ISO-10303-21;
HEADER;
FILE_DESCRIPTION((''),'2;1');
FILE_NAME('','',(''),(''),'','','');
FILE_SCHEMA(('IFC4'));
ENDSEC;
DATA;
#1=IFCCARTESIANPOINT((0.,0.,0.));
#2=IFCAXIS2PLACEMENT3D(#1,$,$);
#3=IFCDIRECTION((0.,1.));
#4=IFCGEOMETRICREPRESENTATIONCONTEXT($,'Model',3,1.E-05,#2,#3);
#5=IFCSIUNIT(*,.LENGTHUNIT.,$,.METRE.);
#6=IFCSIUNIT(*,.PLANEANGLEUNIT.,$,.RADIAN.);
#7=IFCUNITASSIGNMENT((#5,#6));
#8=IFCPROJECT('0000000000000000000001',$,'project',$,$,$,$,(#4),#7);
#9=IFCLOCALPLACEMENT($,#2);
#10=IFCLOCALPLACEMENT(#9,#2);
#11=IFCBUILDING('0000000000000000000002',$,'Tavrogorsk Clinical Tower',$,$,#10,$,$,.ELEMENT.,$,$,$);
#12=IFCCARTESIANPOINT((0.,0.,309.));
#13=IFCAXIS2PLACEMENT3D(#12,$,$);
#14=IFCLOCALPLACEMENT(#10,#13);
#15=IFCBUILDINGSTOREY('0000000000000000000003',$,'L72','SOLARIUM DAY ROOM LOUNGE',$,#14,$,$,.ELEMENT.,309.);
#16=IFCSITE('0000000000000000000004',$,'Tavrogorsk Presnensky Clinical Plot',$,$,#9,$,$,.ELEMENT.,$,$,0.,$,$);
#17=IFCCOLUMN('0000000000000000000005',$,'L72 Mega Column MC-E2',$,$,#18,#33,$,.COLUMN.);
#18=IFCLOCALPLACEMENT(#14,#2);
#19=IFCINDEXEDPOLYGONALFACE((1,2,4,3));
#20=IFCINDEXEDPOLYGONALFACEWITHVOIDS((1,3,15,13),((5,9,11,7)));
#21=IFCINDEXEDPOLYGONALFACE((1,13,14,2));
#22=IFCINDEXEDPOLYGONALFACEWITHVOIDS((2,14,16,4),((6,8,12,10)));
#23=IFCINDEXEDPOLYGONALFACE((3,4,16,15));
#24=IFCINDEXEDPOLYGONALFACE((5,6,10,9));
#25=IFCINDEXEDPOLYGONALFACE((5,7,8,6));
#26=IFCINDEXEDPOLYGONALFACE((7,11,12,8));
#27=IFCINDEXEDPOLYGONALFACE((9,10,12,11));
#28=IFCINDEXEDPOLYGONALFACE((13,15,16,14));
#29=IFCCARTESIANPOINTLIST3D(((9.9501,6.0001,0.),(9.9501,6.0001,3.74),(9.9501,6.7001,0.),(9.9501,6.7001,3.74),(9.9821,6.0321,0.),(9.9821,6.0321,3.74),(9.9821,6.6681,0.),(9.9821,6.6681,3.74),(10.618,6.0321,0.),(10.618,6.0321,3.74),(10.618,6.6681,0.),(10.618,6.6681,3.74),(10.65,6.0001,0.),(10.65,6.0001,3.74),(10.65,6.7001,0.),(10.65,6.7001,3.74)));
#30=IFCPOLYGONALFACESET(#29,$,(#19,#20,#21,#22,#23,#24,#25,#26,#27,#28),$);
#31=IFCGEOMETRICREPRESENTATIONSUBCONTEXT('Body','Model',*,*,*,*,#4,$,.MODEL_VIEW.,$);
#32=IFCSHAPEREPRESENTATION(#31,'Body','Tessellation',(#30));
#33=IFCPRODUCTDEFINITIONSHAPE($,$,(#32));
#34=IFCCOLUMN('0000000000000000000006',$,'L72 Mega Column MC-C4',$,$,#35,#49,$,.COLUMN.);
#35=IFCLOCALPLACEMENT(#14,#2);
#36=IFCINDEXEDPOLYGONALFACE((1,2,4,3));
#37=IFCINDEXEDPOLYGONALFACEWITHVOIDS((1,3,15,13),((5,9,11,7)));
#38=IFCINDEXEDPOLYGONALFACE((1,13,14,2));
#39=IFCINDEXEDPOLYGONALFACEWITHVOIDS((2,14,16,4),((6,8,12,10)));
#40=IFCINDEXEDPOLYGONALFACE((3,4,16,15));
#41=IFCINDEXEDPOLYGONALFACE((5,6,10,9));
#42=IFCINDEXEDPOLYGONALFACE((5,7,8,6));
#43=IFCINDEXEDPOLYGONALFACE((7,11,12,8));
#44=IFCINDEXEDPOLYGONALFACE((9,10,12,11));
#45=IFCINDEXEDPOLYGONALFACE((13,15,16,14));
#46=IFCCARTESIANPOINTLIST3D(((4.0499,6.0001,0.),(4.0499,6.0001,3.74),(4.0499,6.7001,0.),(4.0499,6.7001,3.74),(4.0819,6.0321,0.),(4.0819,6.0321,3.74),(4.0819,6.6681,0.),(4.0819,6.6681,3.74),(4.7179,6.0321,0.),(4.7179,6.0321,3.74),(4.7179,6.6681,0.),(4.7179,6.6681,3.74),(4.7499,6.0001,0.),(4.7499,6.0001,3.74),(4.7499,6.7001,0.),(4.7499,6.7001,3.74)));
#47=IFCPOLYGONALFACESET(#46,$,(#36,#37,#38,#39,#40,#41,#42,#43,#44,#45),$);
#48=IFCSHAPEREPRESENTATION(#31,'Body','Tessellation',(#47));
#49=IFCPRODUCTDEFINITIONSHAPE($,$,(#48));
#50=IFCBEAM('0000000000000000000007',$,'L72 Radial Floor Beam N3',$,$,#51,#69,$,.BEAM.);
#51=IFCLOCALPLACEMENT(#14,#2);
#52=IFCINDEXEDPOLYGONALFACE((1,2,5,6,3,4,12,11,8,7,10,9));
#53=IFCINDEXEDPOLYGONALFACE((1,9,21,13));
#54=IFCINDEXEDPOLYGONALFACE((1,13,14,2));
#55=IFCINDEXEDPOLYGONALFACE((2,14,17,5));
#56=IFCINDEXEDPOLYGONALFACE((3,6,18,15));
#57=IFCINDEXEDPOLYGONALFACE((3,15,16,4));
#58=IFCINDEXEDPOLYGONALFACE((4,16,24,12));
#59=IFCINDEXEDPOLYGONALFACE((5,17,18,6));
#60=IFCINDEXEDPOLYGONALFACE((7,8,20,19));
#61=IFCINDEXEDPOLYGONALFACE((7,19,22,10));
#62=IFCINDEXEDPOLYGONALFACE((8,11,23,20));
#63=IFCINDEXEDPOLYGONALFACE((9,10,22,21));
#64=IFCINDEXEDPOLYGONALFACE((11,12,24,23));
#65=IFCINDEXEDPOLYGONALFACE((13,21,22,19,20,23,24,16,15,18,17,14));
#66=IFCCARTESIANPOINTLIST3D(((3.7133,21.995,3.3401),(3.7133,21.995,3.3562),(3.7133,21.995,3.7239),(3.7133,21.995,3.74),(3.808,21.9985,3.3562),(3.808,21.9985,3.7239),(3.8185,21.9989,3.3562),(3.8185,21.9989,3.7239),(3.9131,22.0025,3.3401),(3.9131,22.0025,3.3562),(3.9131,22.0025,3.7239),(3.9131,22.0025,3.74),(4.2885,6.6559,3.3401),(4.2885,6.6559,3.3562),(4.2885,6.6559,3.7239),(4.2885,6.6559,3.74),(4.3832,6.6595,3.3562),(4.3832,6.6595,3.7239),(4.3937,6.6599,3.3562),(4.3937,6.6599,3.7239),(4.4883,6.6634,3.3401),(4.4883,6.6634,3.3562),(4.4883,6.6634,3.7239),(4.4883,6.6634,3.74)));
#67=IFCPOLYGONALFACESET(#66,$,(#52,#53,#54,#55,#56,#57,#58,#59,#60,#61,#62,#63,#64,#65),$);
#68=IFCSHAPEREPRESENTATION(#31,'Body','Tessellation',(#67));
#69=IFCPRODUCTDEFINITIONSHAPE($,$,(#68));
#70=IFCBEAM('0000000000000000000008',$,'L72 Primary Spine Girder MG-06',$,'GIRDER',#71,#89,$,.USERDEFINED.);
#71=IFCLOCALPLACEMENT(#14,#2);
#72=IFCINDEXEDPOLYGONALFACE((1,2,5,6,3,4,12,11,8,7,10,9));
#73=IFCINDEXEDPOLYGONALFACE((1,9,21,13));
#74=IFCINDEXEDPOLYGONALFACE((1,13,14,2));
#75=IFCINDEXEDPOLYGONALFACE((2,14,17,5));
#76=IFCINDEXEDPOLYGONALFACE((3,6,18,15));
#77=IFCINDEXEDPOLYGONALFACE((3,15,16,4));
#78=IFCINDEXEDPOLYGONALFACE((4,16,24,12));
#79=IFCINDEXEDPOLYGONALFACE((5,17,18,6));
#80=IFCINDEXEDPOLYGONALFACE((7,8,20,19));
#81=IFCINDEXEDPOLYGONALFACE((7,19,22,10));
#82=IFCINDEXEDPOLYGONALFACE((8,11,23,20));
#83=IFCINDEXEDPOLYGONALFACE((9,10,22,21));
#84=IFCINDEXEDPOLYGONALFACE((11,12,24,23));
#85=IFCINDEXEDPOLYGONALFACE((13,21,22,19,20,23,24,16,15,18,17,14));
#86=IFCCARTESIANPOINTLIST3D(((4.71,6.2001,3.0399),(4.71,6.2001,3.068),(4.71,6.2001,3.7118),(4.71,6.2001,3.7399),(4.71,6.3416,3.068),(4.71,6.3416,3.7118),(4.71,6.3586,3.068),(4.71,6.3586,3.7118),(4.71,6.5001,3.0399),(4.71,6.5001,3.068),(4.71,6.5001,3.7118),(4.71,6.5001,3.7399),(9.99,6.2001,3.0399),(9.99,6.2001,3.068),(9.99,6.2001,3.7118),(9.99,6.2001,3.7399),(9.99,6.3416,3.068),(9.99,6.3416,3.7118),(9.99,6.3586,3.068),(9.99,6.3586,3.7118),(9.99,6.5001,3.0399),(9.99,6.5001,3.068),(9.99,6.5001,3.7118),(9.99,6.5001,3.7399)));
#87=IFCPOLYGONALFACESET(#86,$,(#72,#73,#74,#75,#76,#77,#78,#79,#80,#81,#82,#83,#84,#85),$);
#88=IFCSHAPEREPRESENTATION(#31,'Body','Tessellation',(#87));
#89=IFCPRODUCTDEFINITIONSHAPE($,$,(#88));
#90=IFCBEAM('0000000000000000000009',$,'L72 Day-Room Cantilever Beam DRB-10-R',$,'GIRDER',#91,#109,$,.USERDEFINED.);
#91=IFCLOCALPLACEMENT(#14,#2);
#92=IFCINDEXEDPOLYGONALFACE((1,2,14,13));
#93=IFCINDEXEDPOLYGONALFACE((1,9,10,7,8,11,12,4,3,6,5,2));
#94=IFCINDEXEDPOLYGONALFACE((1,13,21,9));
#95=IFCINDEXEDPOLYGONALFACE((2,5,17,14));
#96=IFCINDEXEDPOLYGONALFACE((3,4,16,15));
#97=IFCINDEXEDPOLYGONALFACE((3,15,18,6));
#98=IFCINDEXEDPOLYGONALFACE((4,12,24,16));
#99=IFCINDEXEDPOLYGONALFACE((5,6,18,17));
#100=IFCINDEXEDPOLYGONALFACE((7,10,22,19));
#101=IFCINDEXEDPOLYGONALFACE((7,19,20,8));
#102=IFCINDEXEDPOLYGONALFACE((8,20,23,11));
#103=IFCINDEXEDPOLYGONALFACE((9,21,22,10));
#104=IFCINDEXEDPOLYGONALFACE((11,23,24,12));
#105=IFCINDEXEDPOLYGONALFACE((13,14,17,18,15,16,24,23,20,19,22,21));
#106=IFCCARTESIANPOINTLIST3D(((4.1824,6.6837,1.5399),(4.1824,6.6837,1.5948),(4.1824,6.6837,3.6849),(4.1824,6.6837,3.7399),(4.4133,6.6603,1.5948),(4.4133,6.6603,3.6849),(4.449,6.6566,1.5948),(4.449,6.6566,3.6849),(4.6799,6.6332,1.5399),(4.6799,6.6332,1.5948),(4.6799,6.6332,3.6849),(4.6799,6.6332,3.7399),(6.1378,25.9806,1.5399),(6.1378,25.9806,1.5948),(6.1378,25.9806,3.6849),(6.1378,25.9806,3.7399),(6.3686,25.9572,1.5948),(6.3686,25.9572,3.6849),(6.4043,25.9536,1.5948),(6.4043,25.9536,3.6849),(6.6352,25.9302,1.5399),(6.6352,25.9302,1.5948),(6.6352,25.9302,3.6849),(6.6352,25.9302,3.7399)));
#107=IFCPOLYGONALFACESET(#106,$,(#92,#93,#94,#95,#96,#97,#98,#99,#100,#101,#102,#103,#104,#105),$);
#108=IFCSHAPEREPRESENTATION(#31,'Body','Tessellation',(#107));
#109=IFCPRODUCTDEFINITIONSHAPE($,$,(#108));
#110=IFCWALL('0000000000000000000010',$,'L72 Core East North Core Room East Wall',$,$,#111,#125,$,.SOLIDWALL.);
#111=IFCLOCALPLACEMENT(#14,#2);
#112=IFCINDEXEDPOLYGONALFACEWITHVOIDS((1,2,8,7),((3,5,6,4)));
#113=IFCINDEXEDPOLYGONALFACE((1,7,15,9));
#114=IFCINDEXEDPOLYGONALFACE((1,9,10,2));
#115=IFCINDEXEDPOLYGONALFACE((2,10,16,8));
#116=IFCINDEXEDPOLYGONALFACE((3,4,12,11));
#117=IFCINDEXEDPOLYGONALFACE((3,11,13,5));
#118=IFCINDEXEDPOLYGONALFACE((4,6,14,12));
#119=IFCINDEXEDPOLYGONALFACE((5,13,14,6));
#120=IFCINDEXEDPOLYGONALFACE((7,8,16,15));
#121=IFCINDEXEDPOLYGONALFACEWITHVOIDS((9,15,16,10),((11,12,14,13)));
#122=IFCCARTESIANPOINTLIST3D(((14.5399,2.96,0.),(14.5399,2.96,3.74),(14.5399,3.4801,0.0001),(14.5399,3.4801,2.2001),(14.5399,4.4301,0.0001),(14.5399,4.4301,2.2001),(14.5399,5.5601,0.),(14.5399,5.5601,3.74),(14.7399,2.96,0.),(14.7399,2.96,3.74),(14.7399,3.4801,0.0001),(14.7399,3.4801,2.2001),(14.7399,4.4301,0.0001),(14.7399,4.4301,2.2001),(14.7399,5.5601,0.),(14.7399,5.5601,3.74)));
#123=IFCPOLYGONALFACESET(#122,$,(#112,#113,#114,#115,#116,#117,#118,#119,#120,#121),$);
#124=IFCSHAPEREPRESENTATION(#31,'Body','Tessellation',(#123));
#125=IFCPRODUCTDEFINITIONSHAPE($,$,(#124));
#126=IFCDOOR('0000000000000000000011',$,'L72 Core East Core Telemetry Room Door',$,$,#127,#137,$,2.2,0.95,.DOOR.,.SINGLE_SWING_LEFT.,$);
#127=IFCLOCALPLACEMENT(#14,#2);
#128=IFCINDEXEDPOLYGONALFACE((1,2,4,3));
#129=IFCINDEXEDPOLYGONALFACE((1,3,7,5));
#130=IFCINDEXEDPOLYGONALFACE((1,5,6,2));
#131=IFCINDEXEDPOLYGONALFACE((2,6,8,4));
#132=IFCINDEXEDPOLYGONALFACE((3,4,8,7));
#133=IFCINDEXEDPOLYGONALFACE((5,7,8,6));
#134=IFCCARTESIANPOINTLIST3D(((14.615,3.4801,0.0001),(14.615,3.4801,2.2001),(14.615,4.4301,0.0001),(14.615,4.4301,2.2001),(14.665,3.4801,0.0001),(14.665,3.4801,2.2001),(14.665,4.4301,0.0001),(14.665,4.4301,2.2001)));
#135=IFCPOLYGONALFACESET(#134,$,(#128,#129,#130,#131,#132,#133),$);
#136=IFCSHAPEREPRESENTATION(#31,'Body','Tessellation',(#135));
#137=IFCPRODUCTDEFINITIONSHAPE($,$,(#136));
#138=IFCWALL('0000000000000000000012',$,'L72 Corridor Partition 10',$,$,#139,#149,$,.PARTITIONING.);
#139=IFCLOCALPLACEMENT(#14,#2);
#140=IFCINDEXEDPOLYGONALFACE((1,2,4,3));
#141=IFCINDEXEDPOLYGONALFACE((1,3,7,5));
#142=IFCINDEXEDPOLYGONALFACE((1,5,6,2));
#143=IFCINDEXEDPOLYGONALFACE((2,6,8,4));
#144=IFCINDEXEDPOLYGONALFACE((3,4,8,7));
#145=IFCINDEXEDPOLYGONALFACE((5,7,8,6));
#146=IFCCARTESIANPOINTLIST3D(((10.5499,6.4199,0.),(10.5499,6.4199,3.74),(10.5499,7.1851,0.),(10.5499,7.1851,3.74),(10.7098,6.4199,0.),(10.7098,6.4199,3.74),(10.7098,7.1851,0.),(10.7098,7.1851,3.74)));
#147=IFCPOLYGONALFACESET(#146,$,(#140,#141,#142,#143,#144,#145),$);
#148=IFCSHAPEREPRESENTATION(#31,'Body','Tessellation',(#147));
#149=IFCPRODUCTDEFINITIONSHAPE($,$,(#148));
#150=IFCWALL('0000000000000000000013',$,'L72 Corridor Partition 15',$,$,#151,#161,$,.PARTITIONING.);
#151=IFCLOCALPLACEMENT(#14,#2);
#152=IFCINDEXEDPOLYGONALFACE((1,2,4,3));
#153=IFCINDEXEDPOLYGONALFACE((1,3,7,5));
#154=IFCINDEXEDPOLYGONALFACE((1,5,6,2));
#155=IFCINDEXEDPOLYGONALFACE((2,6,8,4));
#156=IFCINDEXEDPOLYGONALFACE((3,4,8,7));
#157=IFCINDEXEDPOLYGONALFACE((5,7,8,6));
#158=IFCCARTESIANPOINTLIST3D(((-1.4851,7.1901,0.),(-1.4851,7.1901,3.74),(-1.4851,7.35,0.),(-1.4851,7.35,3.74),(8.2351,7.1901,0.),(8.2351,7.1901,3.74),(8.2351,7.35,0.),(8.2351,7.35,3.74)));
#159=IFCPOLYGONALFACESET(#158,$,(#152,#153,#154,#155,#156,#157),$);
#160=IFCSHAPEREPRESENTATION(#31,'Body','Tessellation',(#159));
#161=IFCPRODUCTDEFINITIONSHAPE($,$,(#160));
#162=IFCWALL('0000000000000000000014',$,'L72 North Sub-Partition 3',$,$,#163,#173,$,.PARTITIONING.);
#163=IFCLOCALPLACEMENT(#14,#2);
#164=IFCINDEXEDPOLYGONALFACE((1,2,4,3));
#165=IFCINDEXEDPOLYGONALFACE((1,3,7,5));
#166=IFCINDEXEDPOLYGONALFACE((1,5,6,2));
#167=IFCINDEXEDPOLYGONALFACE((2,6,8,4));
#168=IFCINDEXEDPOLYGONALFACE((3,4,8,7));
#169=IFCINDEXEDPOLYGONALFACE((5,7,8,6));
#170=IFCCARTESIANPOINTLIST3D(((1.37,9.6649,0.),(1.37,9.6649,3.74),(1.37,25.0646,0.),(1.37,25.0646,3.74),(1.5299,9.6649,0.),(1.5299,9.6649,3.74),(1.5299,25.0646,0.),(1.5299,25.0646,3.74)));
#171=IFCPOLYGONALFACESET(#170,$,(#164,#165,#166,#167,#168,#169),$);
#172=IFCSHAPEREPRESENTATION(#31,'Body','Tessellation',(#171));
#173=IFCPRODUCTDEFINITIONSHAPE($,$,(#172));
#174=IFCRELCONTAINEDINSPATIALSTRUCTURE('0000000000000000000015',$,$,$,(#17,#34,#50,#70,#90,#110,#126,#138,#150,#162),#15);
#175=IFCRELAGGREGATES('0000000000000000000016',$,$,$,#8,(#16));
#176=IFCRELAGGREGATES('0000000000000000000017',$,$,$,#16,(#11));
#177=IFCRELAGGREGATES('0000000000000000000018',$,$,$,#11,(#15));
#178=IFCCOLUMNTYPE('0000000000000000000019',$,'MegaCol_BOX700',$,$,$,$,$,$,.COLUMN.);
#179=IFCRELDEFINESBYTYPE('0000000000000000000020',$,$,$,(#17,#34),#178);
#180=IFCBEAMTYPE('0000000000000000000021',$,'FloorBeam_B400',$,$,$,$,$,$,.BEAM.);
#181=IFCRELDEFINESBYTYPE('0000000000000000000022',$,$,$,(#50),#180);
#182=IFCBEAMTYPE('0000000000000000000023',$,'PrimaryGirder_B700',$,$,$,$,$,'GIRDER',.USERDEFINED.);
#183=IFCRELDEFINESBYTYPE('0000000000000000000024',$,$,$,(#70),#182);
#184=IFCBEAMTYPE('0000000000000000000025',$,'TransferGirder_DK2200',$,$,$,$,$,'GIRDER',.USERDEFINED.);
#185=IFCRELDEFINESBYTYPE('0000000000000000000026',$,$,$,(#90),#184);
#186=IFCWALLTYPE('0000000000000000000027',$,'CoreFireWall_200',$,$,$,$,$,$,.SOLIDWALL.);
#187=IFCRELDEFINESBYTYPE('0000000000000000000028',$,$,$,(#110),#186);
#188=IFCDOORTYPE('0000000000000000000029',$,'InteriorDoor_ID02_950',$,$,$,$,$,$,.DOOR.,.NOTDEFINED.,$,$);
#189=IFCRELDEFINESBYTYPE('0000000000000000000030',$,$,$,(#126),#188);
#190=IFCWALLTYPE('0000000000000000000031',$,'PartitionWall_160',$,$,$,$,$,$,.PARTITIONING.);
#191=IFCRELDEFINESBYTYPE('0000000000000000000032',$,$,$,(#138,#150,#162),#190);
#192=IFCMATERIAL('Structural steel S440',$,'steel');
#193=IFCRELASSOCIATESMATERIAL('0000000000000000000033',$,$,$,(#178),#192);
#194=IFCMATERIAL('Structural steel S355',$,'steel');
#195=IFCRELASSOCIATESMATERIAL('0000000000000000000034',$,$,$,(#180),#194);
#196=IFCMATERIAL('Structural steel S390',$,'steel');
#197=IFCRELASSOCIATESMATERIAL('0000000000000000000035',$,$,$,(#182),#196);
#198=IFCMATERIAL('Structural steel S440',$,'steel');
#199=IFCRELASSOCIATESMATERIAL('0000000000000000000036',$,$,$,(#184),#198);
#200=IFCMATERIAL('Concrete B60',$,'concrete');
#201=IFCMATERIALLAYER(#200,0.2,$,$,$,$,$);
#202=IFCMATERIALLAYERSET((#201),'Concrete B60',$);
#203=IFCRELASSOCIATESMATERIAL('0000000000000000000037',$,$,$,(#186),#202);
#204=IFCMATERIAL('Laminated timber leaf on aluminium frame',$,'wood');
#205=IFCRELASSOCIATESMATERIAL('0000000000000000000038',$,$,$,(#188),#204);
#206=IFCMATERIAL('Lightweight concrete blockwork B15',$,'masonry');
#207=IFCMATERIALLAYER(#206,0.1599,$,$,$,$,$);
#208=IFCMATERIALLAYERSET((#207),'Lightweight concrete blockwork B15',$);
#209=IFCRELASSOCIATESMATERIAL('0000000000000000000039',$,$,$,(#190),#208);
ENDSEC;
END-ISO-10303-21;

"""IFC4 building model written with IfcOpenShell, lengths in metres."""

from ifc_helpers import new_model, si_unit, direction, frame, frame_2d, origin, origin_2d, place, context, subcontext, project, spatial, rectangle, hollow_rectangle, i_section, extrude, material, layer, layer_set, material_profile, profile_set, type_object, element, fill, save


model = new_model("IFC4")

# Units and contexts
model_context = context("Model", 3, precision=1e-05, world=origin(), true_north=direction((0.0, 1.0)))
body_context = subcontext(model_context, "Body", "Model", "MODEL_VIEW")
ifc_project = project(units=[si_unit("LENGTHUNIT", "METRE"), si_unit("PLANEANGLEUNIT", "RADIAN")], contexts=[model_context])

# Site, building, storey
site_placement = place(None, origin())
site = spatial("IfcSite", under=ifc_project, at=site_placement, Name="Tavrogorsk Presnensky Clinical Plot", CompositionType="ELEMENT", RefElevation=0.0)
building_placement = place(site_placement, origin())
building = spatial("IfcBuilding", under=site, at=building_placement, Name="Tavrogorsk Clinical Tower", CompositionType="ELEMENT")
storey_placement = place(building_placement, frame((0.0, 0.0, 309.0)))
storey = spatial("IfcBuildingStorey", under=building, at=storey_placement, Name="L72", Description="SOLARIUM DAY ROOM LOUNGE", CompositionType="ELEMENT", Elevation=309.0)

# Columns
ifc_material_1 = material(Name="Structural steel S440", Category="steel")
ifc_material_profile_1 = material_profile(ifc_material_1, hollow_rectangle(XDim=0.7, YDim=0.7, WallThickness=0.032, at=origin_2d()), Name="BOX-700x700x32")
ifc_profile_set_1 = profile_set([ifc_material_profile_1], Name="Structural steel S440")
column_type = type_object("IfcColumnType", Name="MegaCol_BOX700", PredefinedType="COLUMN", material=ifc_profile_set_1)
for number, where, z_axis, x_axis, name in (
    (1, (10.3, 6.3501, 0.0), (0.0, 0.0, 1.0), (1.0, 0.0, 0.0), "L72 Mega Column MC-E2"),
    (2, (4.3999, 6.3501, 0.0), (0.0, 0.0, 1.0), (1.0, 0.0, 0.0), "L72 Mega Column MC-C4"),
):
    element("IfcColumn", number, at=place(storey_placement, frame(where, z_axis=z_axis, x_axis=x_axis)), inside=storey, type_object=column_type, Name=name, PredefinedType="COLUMN", context=body_context, shape_type="SweptSolid", body=[
        extrude(hollow_rectangle(XDim=0.7, YDim=0.7, WallThickness=0.032, at=origin_2d()), origin(), (0.0, 0.0, 1.0), 3.74),
    ])

# Beams
ifc_material_2 = material(Name="Structural steel S355", Category="steel")
ifc_material_profile_2 = material_profile(ifc_material_2, i_section(OverallWidth=0.2, OverallDepth=0.3999, WebThickness=0.0105, FlangeThickness=0.0161, at=origin_2d()), Name="B-400x200x10.5x16")
ifc_profile_set_2 = profile_set([ifc_material_profile_2], Name="Structural steel S355")
beam_type_1 = type_object("IfcBeamType", Name="FloorBeam_B400", PredefinedType="BEAM", material=ifc_profile_set_2)
beam_1_placement = place(storey_placement, frame((4.3884, 6.6597, 3.54), z_axis=(-0.037472, 0.999298, 0.0), x_axis=(-0.999298, -0.037472, 0.0)))
element("IfcBeam", 3, at=beam_1_placement, inside=storey, type_object=beam_type_1, Name="L72 Radial Floor Beam N3", PredefinedType="BEAM", context=body_context, shape_type="SweptSolid", body=[
    extrude(i_section(OverallWidth=0.2, OverallDepth=0.3999, WebThickness=0.0105, FlangeThickness=0.0161, at=origin_2d()), origin(), (0.0, 0.0, 1.0), 15.3499),
])
ifc_material_3 = material(Name="Structural steel S390", Category="steel")
ifc_material_profile_3 = material_profile(ifc_material_3, i_section(OverallWidth=0.3, OverallDepth=0.7, WebThickness=0.0171, FlangeThickness=0.0281, at=origin_2d()), Name="B-700x300x17x28")
ifc_profile_set_3 = profile_set([ifc_material_profile_3], Name="Structural steel S390")
beam_type_2 = type_object("IfcBeamType", Name="PrimaryGirder_B700", ElementType="GIRDER", PredefinedType="USERDEFINED", material=ifc_profile_set_3)
beam_2_placement = place(storey_placement, frame((4.71, 6.3501, 3.3899), z_axis=(1.0, 0.0, 0.0), x_axis=(0.0, 1.0, 0.0)))
element("IfcBeam", 4, at=beam_2_placement, inside=storey, type_object=beam_type_2, Name="L72 Primary Spine Girder MG-06", ObjectType="GIRDER", PredefinedType="USERDEFINED", context=body_context, shape_type="SweptSolid", body=[
    extrude(i_section(OverallWidth=0.3, OverallDepth=0.7, WebThickness=0.0171, FlangeThickness=0.0281, at=origin_2d()), origin(), (0.0, 0.0, 1.0), 5.28),
])
ifc_material_4 = material(Name="Structural steel S440", Category="steel")
ifc_material_profile_4 = material_profile(ifc_material_4, i_section(OverallWidth=0.5, OverallDepth=2.2, WebThickness=0.0359, FlangeThickness=0.0549, at=origin_2d()), Name="DK-2200x500x36x55")
ifc_profile_set_4 = profile_set([ifc_material_profile_4], Name="Structural steel S440")
beam_type_3 = type_object("IfcBeamType", Name="TransferGirder_DK2200", ElementType="GIRDER", PredefinedType="USERDEFINED", material=ifc_profile_set_4)
beam_3_placement = place(storey_placement, frame((4.4312, 6.6584, 2.6399), z_axis=(0.100812, 0.994905, 0.0), x_axis=(-0.994905, 0.100812, 0.0)))
element("IfcBeam", 5, at=beam_3_placement, inside=storey, type_object=beam_type_3, Name="L72 Day-Room Cantilever Beam DRB-10-R", ObjectType="GIRDER", PredefinedType="USERDEFINED", context=body_context, shape_type="SweptSolid", body=[
    extrude(i_section(OverallWidth=0.5, OverallDepth=2.2, WebThickness=0.0359, FlangeThickness=0.0549, at=origin_2d()), origin(), (0.0, 0.0, 1.0), 19.3958),
])

# Wall, opening, door
ifc_material_5 = material(Name="Concrete B60", Category="concrete")
ifc_layer_1 = layer(ifc_material_5, 0.2)
ifc_layer_set_1 = layer_set([ifc_layer_1], Name="Concrete B60")
wall_type_1 = type_object("IfcWallType", Name="CoreFireWall_200", PredefinedType="SOLIDWALL", material=ifc_layer_set_1)
wall_1_placement = place(storey_placement, frame((14.6399, 2.96, 0.0), z_axis=(0.0, 0.0, 1.0), x_axis=(0.0, 1.0, 0.0)))
wall_1 = element("IfcWall", 6, at=wall_1_placement, inside=storey, type_object=wall_type_1, Name="L72 Core East North Core Room East Wall", PredefinedType="SOLIDWALL", context=body_context, shape_type="SweptSolid", body=[
    extrude(rectangle(XDim=2.6001, YDim=0.2, at=frame_2d((1.3, 0.0))), origin(), (0.0, 0.0, 1.0), 3.74),
])
opening_1_placement = place(wall_1_placement, frame((0.52, 0.0, 0.0)))
opening_1 = element("IfcOpeningElement", 7, at=opening_1_placement, cuts=wall_1, PredefinedType="OPENING", context=body_context, shape_type="SweptSolid", body=[
    extrude(rectangle(XDim=0.95, YDim=2.2, at=frame_2d((0.4751, 1.1001))), frame((0.0, 0.1099, 0.0), z_axis=(0.0, -1.0, 0.0), x_axis=(1.0, 0.0, 0.0)), (0.0, 0.0, 1.0), 0.22),
])
ifc_material_6 = material(Name="Laminated timber leaf on aluminium frame", Category="wood")
door_type_1 = type_object("IfcDoorType", Name="InteriorDoor_ID02_950", OperationType="NOTDEFINED", PredefinedType="DOOR", material=ifc_material_6)
door_1_placement = place(opening_1_placement, origin())
door_1 = element("IfcDoor", 8, at=door_1_placement, inside=storey, type_object=door_type_1, Name="L72 Core East Core Telemetry Room Door", OperationType="SINGLE_SWING_LEFT", OverallHeight=2.2, OverallWidth=0.95, PredefinedType="DOOR", context=body_context, shape_type="SweptSolid", body=[
    extrude(rectangle(XDim=0.95, YDim=2.2, at=frame_2d((0.4751, 1.1001))), frame((0.0, 0.0249, 0.0), z_axis=(0.0, -1.0, 0.0), x_axis=(1.0, 0.0, 0.0)), (0.0, 0.0, 1.0), 0.05),
])
fill(opening_1, door_1)

# Walls
ifc_material_7 = material(Name="Lightweight concrete blockwork B15", Category="masonry")
ifc_layer_2 = layer(ifc_material_7, 0.1599)
ifc_layer_set_2 = layer_set([ifc_layer_2], Name="Lightweight concrete blockwork B15")
wall_type_2 = type_object("IfcWallType", Name="PartitionWall_160", PredefinedType="PARTITIONING", material=ifc_layer_set_2)
wall_2_placement = place(storey_placement, frame((10.6299, 7.1851, 0.0), z_axis=(0.0, 0.0, 1.0), x_axis=(0.0, -1.0, 0.0)))
element("IfcWall", 9, at=wall_2_placement, inside=storey, type_object=wall_type_2, Name="L72 Corridor Partition 10", PredefinedType="PARTITIONING", context=body_context, shape_type="SweptSolid", body=[
    extrude(rectangle(XDim=0.7651, YDim=0.1599, at=frame_2d((0.3826, 0.0))), origin(), (0.0, 0.0, 1.0), 3.74),
])
wall_3_placement = place(storey_placement, frame((8.2351, 7.27, 0.0), z_axis=(0.0, 0.0, 1.0), x_axis=(-1.0, 0.0, 0.0)))
element("IfcWall", 10, at=wall_3_placement, inside=storey, type_object=wall_type_2, Name="L72 Corridor Partition 15", PredefinedType="PARTITIONING", context=body_context, shape_type="SweptSolid", body=[
    extrude(rectangle(XDim=9.7202, YDim=0.1599, at=frame_2d((4.8601, 0.0))), origin(), (0.0, 0.0, 1.0), 3.74),
])
wall_4_placement = place(storey_placement, frame((1.45, 9.665, 0.0), z_axis=(0.0, 0.0, 1.0), x_axis=(0.0, 1.0, 0.0)))
element("IfcWall", 11, at=wall_4_placement, inside=storey, type_object=wall_type_2, Name="L72 North Sub-Partition 3", PredefinedType="PARTITIONING", context=body_context, shape_type="SweptSolid", body=[
    extrude(rectangle(XDim=15.3997, YDim=0.1599, at=frame_2d((7.6997, 0.0))), origin(), (0.0, 0.0, 1.0), 3.74),
])

save(model, "model.ifc")
